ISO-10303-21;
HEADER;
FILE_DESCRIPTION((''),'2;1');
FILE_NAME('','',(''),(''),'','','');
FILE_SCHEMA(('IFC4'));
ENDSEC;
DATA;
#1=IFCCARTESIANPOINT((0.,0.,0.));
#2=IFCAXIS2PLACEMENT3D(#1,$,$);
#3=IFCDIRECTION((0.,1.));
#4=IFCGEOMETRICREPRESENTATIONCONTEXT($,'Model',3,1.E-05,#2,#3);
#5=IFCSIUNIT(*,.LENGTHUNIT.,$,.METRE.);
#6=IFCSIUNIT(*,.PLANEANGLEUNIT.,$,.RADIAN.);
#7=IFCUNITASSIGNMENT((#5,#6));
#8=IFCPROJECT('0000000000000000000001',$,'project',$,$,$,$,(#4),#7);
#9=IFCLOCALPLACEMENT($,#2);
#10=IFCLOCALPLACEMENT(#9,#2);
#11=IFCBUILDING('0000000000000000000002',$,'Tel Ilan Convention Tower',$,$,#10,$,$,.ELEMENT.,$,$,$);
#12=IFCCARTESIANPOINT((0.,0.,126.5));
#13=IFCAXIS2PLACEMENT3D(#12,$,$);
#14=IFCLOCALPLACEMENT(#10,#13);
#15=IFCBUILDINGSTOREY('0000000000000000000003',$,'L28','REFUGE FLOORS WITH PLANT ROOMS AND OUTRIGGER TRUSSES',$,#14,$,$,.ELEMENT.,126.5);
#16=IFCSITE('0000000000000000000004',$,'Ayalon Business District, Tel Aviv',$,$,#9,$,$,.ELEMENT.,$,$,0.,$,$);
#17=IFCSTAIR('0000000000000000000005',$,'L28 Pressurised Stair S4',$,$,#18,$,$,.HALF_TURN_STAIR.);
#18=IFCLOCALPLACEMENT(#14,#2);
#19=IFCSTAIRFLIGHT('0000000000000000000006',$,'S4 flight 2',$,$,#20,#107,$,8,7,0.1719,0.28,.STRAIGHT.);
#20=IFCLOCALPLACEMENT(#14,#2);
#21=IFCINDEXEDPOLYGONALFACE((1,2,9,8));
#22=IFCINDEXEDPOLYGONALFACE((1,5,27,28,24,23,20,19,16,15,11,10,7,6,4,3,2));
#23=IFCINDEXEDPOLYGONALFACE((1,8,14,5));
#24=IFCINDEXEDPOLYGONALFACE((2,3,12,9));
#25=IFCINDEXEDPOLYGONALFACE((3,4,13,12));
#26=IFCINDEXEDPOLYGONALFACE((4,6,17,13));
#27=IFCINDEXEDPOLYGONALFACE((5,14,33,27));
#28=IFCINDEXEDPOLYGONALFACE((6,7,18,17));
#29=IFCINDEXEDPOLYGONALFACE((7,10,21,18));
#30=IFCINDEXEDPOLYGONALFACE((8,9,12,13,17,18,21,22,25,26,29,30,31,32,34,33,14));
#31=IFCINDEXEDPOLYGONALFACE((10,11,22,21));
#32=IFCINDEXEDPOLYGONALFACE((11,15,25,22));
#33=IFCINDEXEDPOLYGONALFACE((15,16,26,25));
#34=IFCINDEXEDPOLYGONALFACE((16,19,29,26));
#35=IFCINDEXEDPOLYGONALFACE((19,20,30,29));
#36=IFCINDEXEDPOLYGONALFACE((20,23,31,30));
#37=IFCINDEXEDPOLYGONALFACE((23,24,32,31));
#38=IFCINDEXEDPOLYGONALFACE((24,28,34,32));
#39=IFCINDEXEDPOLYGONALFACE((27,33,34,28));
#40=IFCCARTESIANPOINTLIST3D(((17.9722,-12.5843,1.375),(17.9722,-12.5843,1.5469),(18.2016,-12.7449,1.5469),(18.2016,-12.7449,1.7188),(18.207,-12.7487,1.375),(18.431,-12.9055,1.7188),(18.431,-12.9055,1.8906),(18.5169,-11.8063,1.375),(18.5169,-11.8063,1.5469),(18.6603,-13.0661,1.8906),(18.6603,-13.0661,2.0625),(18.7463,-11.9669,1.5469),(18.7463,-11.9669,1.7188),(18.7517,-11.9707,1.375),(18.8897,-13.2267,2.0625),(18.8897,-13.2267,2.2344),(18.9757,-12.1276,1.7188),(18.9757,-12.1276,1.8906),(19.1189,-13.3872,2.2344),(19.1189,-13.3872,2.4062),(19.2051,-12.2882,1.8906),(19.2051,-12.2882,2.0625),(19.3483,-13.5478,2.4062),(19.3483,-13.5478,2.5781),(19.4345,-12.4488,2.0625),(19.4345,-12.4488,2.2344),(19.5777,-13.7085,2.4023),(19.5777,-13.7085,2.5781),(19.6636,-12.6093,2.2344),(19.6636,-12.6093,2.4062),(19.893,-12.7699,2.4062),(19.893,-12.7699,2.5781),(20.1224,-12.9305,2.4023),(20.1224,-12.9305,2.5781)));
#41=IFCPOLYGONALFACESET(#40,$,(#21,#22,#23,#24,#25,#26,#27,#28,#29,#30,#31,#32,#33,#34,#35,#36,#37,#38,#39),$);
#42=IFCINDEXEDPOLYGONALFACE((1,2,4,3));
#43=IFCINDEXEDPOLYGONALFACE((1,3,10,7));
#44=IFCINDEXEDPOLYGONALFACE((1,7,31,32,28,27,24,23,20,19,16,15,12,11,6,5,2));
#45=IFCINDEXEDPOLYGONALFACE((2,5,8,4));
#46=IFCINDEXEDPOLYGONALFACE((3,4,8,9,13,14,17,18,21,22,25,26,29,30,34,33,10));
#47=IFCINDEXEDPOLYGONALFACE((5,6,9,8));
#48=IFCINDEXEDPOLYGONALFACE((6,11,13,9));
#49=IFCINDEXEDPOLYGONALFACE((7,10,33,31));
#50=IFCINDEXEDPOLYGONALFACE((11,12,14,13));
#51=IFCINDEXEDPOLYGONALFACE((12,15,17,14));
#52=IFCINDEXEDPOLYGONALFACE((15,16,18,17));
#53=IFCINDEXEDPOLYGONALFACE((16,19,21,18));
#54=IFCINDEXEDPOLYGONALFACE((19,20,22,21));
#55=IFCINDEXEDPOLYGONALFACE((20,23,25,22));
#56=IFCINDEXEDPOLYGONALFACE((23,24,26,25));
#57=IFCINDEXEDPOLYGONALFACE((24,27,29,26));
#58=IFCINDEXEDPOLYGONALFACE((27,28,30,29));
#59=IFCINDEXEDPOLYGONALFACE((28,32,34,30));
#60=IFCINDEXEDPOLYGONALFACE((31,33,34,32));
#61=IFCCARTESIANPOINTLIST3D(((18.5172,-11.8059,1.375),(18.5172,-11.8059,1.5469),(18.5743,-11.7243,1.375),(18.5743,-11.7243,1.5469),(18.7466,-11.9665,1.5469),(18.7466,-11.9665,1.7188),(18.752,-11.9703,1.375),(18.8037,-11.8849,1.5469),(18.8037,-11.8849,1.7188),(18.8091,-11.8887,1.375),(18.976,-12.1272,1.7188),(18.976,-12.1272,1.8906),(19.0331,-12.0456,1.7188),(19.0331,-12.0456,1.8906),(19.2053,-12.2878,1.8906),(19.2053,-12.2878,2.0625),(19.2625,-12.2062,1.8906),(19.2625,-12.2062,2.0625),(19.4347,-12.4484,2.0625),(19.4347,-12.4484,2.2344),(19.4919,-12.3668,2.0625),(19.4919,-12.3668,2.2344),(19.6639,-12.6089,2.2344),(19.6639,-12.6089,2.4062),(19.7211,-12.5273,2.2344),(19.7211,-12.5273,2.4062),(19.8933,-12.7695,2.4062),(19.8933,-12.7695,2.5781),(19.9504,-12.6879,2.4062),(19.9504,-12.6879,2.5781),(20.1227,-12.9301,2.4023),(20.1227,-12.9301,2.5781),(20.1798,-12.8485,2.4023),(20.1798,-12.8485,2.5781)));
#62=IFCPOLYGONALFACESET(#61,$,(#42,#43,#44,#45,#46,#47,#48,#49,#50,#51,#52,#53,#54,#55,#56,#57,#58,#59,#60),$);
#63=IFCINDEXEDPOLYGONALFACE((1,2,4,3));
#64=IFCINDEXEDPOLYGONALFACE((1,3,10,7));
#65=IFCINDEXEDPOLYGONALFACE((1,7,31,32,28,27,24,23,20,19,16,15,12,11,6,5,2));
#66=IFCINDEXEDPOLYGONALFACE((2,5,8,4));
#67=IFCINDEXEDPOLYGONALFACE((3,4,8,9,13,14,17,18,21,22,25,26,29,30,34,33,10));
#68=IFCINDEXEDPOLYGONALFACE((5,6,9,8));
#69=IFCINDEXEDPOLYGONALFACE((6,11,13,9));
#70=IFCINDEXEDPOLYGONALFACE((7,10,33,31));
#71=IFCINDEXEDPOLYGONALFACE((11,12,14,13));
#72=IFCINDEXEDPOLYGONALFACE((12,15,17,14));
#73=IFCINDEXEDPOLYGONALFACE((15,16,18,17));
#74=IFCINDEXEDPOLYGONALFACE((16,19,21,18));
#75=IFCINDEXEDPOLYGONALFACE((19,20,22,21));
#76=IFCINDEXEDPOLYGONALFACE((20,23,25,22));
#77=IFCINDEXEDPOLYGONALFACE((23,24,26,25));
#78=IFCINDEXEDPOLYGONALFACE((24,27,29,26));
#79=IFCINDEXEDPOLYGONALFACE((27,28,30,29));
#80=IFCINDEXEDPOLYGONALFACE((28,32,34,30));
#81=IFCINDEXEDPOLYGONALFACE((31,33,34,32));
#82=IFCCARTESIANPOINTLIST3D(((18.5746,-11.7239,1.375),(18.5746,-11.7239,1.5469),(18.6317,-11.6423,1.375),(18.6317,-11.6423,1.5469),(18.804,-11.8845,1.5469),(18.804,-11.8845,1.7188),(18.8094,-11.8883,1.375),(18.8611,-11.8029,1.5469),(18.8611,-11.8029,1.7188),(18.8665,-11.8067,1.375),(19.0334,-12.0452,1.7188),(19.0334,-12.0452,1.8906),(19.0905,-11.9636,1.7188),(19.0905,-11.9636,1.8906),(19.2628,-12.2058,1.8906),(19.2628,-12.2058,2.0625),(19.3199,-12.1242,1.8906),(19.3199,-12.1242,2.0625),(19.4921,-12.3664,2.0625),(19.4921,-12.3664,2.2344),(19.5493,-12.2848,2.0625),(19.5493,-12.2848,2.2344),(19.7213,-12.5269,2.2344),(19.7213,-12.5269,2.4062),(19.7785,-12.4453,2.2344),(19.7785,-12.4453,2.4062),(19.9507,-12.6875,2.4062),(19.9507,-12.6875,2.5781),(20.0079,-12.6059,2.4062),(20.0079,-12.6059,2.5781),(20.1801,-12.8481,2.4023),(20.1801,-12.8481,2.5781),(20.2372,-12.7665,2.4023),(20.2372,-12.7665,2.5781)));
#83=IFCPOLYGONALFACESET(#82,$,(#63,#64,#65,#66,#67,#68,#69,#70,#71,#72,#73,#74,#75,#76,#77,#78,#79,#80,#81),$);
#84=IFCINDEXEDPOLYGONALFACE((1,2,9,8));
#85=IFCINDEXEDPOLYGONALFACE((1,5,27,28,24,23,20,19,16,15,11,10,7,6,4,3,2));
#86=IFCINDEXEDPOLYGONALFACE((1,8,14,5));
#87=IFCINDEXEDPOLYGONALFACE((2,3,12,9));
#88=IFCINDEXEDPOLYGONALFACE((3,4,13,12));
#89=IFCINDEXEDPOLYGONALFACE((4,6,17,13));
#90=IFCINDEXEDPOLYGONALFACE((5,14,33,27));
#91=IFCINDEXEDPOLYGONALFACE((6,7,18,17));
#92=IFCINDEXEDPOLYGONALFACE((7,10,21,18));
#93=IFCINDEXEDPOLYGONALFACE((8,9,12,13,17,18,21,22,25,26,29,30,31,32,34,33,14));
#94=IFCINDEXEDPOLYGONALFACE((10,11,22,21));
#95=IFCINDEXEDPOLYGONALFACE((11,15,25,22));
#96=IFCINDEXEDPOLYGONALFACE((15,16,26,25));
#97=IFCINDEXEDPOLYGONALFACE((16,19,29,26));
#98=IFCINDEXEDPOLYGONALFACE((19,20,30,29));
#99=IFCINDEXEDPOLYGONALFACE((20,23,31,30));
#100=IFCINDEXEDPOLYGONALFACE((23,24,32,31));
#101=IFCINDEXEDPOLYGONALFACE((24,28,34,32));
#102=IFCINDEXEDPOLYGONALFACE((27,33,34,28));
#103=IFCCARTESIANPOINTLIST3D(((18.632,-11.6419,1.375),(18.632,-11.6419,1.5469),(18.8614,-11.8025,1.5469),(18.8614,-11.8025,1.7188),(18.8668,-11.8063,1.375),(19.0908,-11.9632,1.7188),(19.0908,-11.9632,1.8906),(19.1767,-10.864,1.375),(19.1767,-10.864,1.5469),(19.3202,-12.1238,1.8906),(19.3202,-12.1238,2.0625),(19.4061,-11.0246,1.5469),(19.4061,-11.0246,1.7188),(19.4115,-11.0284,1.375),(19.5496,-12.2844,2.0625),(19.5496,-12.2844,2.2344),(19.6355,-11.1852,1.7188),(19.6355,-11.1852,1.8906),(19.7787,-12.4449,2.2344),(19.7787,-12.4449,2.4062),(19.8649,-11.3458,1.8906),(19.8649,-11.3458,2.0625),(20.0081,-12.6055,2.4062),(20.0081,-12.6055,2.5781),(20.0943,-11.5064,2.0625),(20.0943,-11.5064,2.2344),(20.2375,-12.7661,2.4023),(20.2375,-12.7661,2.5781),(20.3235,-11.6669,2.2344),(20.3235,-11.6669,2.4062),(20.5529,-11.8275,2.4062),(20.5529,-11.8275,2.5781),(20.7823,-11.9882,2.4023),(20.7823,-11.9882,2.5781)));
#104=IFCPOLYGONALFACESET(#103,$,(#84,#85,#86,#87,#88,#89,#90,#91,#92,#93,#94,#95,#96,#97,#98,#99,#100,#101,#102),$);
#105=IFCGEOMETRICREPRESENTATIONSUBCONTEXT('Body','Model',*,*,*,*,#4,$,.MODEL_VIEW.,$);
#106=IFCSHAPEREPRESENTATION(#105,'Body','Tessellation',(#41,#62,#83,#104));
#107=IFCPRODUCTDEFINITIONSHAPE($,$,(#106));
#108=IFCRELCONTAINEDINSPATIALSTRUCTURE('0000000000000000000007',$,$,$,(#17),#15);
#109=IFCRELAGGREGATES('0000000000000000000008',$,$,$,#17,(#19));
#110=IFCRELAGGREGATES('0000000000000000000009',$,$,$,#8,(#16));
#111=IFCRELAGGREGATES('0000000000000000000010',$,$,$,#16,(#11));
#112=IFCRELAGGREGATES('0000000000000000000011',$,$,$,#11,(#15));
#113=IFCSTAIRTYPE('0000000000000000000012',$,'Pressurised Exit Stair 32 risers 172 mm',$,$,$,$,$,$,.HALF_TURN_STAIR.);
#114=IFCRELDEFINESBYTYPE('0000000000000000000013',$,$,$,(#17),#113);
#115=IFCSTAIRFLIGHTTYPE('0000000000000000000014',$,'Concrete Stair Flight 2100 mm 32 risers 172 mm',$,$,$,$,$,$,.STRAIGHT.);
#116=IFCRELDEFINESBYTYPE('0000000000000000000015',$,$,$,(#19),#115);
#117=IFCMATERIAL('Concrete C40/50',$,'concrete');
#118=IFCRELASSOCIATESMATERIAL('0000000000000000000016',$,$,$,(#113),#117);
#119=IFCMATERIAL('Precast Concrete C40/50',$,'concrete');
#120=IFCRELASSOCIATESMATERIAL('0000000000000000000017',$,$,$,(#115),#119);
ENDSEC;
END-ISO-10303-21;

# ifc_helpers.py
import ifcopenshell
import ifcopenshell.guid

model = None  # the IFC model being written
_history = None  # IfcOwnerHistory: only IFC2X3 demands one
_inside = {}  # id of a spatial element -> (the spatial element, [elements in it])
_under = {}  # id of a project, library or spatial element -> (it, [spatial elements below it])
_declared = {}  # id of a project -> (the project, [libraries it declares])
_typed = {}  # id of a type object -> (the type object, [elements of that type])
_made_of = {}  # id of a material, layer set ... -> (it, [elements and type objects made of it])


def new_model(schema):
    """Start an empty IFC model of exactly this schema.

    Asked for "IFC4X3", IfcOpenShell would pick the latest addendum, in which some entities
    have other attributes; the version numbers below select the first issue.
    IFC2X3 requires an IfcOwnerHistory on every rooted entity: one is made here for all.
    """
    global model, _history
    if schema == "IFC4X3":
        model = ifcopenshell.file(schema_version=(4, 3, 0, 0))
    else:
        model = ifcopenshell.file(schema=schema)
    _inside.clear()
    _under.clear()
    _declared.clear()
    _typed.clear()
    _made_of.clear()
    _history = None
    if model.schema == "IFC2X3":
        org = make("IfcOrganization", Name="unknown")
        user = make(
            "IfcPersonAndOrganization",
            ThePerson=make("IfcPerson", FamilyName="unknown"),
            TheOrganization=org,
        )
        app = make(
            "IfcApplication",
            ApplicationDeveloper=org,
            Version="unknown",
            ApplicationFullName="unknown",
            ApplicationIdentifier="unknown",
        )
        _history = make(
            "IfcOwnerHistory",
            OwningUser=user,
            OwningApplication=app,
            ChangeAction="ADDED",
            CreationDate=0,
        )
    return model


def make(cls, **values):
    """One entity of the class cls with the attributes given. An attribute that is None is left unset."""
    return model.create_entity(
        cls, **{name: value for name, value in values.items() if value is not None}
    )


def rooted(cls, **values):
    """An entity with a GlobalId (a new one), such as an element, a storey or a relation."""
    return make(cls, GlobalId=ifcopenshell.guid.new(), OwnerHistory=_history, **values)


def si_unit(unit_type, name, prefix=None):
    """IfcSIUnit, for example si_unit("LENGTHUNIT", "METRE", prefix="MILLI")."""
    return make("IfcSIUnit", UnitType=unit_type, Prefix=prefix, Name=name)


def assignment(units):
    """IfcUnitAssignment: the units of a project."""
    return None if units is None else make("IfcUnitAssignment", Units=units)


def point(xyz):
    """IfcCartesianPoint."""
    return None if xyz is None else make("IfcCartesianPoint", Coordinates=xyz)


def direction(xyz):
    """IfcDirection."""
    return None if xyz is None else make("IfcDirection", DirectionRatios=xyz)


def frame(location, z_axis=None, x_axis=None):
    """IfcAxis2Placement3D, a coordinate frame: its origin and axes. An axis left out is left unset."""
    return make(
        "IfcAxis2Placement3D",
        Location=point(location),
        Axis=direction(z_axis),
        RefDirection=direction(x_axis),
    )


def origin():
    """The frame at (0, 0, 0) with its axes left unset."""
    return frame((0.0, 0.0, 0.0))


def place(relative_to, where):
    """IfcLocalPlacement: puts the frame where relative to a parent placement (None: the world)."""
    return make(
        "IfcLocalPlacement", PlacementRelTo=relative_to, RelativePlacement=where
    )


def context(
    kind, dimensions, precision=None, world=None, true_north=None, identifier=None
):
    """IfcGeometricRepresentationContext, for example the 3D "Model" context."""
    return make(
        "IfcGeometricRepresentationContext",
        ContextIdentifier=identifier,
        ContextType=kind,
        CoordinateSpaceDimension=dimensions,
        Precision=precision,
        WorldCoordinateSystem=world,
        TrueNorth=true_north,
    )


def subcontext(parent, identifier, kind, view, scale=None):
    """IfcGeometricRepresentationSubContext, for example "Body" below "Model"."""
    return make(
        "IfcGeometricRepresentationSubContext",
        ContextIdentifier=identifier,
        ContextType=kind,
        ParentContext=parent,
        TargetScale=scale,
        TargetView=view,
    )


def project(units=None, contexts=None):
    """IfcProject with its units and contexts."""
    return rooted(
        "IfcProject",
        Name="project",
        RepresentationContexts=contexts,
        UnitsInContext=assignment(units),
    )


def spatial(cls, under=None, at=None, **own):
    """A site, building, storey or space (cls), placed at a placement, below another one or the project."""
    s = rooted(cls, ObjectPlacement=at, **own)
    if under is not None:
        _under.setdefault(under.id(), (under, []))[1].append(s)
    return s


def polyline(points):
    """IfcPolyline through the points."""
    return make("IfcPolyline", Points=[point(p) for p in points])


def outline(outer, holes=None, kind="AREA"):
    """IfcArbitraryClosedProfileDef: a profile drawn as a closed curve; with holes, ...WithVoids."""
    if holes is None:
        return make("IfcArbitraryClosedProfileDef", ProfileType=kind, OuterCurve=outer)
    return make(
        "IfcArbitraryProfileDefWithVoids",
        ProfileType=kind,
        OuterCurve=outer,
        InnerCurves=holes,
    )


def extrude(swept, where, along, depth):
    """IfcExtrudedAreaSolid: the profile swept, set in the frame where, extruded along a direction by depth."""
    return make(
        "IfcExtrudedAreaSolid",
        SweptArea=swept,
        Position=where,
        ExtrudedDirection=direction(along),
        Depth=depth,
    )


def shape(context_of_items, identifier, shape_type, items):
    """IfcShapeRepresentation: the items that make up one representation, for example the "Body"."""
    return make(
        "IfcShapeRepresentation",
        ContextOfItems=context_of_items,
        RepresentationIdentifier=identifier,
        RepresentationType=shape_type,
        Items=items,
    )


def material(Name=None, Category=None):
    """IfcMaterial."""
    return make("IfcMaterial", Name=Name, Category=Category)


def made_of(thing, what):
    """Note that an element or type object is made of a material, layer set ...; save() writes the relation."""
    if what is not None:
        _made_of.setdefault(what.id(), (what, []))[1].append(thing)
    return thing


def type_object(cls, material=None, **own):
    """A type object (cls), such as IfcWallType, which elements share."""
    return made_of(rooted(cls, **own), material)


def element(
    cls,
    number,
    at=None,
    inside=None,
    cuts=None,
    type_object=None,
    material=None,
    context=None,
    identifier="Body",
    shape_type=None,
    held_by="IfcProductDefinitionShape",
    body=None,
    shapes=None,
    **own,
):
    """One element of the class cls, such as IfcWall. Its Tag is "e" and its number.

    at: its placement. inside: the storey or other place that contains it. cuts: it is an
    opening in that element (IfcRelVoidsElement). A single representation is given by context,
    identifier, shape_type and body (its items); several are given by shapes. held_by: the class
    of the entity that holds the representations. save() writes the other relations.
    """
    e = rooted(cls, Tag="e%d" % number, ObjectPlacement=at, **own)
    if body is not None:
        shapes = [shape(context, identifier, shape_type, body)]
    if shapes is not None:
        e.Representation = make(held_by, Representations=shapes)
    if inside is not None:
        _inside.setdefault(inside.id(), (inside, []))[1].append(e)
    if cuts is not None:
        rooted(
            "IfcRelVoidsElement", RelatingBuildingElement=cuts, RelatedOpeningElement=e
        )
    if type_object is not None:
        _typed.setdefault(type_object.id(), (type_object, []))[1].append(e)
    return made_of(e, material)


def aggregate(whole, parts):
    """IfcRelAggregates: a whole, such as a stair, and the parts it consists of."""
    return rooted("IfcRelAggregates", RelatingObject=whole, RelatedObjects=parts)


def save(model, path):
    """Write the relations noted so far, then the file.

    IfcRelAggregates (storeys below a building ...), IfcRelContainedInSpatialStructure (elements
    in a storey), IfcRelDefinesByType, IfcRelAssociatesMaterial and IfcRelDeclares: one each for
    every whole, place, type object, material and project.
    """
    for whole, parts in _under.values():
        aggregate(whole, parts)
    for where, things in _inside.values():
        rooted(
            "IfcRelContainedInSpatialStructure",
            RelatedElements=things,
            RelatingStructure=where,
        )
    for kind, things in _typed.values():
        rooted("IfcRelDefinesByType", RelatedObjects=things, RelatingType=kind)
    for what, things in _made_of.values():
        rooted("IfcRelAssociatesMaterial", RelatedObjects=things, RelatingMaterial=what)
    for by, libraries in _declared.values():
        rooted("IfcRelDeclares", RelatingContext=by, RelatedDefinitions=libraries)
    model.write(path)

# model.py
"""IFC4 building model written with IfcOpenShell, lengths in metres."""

from ifc_helpers import new_model, si_unit, direction, frame, origin, place, context, subcontext, project, spatial, polyline, outline, extrude, material, type_object, element, aggregate, save


model = new_model("IFC4")

# Units and contexts
model_context = context("Model", 3, precision=1e-05, world=origin(), true_north=direction((0.0, 1.0)))
body_context = subcontext(model_context, "Body", "Model", "MODEL_VIEW")
ifc_project = project(units=[si_unit("LENGTHUNIT", "METRE"), si_unit("PLANEANGLEUNIT", "RADIAN")], contexts=[model_context])

# Site, building, storey
site_placement = place(None, origin())
site = spatial("IfcSite", under=ifc_project, at=site_placement, Name="Ayalon Business District, Tel Aviv", CompositionType="ELEMENT", RefElevation=0.0)
building_placement = place(site_placement, origin())
building = spatial("IfcBuilding", under=site, at=building_placement, Name="Tel Ilan Convention Tower", CompositionType="ELEMENT")
storey_placement = place(building_placement, frame((0.0, 0.0, 126.5)))
storey = spatial("IfcBuildingStorey", under=building, at=storey_placement, Name="L28", Description="REFUGE FLOORS WITH PLANT ROOMS AND OUTRIGGER TRUSSES", CompositionType="ELEMENT", Elevation=126.5)

# Stair, stair flight
ifc_material_1 = material(Name="Concrete C40/50", Category="concrete")
stair_type = type_object("IfcStairType", Name="Pressurised Exit Stair 32 risers 172 mm", PredefinedType="HALF_TURN_STAIR", material=ifc_material_1)
stair_placement = place(storey_placement, origin())
stair = element("IfcStair", 1, at=stair_placement, inside=storey, type_object=stair_type, Name="L28 Pressurised Stair S4", PredefinedType="HALF_TURN_STAIR")
ifc_material_2 = material(Name="Precast Concrete C40/50", Category="concrete")
stair_flight_type = type_object("IfcStairFlightType", Name="Concrete Stair Flight 2100 mm 32 risers 172 mm", PredefinedType="STRAIGHT", material=ifc_material_2)
stair_flight_1_placement = place(storey_placement, frame((18.5745, -11.7241, 1.375), z_axis=(0.0, 0.0, 1.0), x_axis=(0.819152, -0.573576, 0.0)))
stair_flight_1 = element("IfcStairFlight", 2, at=stair_flight_1_placement, type_object=stair_flight_type, Name="S4 flight 2", NumberOfRisers=8, NumberOfTreads=7, PredefinedType="STRAIGHT", RiserHeight=0.1719, TreadLength=0.28, context=body_context, shape_type="SweptSolid", body=[
    extrude(outline(polyline([(0.0, 0.0), (0.0, 0.1719), (0.28, 0.1719), (0.28, 0.3438), (0.5601, 0.3438), (0.5601, 0.5156), (0.8401, 0.5156), (0.8401, 0.6875), (1.1201, 0.6875), (1.1201, 0.8594), (1.3999, 0.8594), (1.3999, 1.0312), (1.6799, 1.0312), (1.6799, 1.2031), (1.96, 1.2031), (1.96, 1.375), (1.96, 1.0273), (0.2866, 0.0), (0.0, 0.0)])), frame((0.0, -0.1003, 0.0), z_axis=(0.0, -1.0, 0.0), x_axis=(1.0, 0.0, 0.0)), (0.0, 0.0, 1.0), 0.9497),
    extrude(outline(polyline([(0.0, 0.0), (0.0, 0.1719), (0.28, 0.1719), (0.28, 0.3438), (0.5601, 0.3438), (0.5601, 0.5156), (0.8401, 0.5156), (0.8401, 0.6875), (1.1201, 0.6875), (1.1201, 0.8594), (1.3999, 0.8594), (1.3999, 1.0312), (1.6799, 1.0312), (1.6799, 1.2031), (1.96, 1.2031), (1.96, 1.375), (1.96, 1.0273), (0.2866, 0.0), (0.0, 0.0)])), frame((0.0, -0.0002, 0.0), z_axis=(0.0, -1.0, 0.0), x_axis=(1.0, 0.0, 0.0)), (0.0, 0.0, 1.0), 0.0996),
    extrude(outline(polyline([(0.0, 0.0), (0.0, 0.1719), (0.28, 0.1719), (0.28, 0.3438), (0.5601, 0.3438), (0.5601, 0.5156), (0.8401, 0.5156), (0.8401, 0.6875), (1.1201, 0.6875), (1.1201, 0.8594), (1.3999, 0.8594), (1.3999, 1.0312), (1.6799, 1.0312), (1.6799, 1.2031), (1.96, 1.2031), (1.96, 1.375), (1.96, 1.0273), (0.2866, 0.0), (0.0, 0.0)])), frame((0.0, 0.0999, 0.0), z_axis=(0.0, -1.0, 0.0), x_axis=(1.0, 0.0, 0.0)), (0.0, 0.0, 1.0), 0.0996),
    extrude(outline(polyline([(0.0, 0.0), (0.0, 0.1719), (0.28, 0.1719), (0.28, 0.3438), (0.5601, 0.3438), (0.5601, 0.5156), (0.8401, 0.5156), (0.8401, 0.6875), (1.1201, 0.6875), (1.1201, 0.8594), (1.3999, 0.8594), (1.3999, 1.0312), (1.6799, 1.0312), (1.6799, 1.2031), (1.96, 1.2031), (1.96, 1.375), (1.96, 1.0273), (0.2866, 0.0), (0.0, 0.0)])), frame((0.0, 1.05, 0.0), z_axis=(0.0, -1.0, 0.0), x_axis=(1.0, 0.0, 0.0)), (0.0, 0.0, 1.0), 0.9497),
])
aggregate(stair, [stair_flight_1])

save(model, "model.ifc")
